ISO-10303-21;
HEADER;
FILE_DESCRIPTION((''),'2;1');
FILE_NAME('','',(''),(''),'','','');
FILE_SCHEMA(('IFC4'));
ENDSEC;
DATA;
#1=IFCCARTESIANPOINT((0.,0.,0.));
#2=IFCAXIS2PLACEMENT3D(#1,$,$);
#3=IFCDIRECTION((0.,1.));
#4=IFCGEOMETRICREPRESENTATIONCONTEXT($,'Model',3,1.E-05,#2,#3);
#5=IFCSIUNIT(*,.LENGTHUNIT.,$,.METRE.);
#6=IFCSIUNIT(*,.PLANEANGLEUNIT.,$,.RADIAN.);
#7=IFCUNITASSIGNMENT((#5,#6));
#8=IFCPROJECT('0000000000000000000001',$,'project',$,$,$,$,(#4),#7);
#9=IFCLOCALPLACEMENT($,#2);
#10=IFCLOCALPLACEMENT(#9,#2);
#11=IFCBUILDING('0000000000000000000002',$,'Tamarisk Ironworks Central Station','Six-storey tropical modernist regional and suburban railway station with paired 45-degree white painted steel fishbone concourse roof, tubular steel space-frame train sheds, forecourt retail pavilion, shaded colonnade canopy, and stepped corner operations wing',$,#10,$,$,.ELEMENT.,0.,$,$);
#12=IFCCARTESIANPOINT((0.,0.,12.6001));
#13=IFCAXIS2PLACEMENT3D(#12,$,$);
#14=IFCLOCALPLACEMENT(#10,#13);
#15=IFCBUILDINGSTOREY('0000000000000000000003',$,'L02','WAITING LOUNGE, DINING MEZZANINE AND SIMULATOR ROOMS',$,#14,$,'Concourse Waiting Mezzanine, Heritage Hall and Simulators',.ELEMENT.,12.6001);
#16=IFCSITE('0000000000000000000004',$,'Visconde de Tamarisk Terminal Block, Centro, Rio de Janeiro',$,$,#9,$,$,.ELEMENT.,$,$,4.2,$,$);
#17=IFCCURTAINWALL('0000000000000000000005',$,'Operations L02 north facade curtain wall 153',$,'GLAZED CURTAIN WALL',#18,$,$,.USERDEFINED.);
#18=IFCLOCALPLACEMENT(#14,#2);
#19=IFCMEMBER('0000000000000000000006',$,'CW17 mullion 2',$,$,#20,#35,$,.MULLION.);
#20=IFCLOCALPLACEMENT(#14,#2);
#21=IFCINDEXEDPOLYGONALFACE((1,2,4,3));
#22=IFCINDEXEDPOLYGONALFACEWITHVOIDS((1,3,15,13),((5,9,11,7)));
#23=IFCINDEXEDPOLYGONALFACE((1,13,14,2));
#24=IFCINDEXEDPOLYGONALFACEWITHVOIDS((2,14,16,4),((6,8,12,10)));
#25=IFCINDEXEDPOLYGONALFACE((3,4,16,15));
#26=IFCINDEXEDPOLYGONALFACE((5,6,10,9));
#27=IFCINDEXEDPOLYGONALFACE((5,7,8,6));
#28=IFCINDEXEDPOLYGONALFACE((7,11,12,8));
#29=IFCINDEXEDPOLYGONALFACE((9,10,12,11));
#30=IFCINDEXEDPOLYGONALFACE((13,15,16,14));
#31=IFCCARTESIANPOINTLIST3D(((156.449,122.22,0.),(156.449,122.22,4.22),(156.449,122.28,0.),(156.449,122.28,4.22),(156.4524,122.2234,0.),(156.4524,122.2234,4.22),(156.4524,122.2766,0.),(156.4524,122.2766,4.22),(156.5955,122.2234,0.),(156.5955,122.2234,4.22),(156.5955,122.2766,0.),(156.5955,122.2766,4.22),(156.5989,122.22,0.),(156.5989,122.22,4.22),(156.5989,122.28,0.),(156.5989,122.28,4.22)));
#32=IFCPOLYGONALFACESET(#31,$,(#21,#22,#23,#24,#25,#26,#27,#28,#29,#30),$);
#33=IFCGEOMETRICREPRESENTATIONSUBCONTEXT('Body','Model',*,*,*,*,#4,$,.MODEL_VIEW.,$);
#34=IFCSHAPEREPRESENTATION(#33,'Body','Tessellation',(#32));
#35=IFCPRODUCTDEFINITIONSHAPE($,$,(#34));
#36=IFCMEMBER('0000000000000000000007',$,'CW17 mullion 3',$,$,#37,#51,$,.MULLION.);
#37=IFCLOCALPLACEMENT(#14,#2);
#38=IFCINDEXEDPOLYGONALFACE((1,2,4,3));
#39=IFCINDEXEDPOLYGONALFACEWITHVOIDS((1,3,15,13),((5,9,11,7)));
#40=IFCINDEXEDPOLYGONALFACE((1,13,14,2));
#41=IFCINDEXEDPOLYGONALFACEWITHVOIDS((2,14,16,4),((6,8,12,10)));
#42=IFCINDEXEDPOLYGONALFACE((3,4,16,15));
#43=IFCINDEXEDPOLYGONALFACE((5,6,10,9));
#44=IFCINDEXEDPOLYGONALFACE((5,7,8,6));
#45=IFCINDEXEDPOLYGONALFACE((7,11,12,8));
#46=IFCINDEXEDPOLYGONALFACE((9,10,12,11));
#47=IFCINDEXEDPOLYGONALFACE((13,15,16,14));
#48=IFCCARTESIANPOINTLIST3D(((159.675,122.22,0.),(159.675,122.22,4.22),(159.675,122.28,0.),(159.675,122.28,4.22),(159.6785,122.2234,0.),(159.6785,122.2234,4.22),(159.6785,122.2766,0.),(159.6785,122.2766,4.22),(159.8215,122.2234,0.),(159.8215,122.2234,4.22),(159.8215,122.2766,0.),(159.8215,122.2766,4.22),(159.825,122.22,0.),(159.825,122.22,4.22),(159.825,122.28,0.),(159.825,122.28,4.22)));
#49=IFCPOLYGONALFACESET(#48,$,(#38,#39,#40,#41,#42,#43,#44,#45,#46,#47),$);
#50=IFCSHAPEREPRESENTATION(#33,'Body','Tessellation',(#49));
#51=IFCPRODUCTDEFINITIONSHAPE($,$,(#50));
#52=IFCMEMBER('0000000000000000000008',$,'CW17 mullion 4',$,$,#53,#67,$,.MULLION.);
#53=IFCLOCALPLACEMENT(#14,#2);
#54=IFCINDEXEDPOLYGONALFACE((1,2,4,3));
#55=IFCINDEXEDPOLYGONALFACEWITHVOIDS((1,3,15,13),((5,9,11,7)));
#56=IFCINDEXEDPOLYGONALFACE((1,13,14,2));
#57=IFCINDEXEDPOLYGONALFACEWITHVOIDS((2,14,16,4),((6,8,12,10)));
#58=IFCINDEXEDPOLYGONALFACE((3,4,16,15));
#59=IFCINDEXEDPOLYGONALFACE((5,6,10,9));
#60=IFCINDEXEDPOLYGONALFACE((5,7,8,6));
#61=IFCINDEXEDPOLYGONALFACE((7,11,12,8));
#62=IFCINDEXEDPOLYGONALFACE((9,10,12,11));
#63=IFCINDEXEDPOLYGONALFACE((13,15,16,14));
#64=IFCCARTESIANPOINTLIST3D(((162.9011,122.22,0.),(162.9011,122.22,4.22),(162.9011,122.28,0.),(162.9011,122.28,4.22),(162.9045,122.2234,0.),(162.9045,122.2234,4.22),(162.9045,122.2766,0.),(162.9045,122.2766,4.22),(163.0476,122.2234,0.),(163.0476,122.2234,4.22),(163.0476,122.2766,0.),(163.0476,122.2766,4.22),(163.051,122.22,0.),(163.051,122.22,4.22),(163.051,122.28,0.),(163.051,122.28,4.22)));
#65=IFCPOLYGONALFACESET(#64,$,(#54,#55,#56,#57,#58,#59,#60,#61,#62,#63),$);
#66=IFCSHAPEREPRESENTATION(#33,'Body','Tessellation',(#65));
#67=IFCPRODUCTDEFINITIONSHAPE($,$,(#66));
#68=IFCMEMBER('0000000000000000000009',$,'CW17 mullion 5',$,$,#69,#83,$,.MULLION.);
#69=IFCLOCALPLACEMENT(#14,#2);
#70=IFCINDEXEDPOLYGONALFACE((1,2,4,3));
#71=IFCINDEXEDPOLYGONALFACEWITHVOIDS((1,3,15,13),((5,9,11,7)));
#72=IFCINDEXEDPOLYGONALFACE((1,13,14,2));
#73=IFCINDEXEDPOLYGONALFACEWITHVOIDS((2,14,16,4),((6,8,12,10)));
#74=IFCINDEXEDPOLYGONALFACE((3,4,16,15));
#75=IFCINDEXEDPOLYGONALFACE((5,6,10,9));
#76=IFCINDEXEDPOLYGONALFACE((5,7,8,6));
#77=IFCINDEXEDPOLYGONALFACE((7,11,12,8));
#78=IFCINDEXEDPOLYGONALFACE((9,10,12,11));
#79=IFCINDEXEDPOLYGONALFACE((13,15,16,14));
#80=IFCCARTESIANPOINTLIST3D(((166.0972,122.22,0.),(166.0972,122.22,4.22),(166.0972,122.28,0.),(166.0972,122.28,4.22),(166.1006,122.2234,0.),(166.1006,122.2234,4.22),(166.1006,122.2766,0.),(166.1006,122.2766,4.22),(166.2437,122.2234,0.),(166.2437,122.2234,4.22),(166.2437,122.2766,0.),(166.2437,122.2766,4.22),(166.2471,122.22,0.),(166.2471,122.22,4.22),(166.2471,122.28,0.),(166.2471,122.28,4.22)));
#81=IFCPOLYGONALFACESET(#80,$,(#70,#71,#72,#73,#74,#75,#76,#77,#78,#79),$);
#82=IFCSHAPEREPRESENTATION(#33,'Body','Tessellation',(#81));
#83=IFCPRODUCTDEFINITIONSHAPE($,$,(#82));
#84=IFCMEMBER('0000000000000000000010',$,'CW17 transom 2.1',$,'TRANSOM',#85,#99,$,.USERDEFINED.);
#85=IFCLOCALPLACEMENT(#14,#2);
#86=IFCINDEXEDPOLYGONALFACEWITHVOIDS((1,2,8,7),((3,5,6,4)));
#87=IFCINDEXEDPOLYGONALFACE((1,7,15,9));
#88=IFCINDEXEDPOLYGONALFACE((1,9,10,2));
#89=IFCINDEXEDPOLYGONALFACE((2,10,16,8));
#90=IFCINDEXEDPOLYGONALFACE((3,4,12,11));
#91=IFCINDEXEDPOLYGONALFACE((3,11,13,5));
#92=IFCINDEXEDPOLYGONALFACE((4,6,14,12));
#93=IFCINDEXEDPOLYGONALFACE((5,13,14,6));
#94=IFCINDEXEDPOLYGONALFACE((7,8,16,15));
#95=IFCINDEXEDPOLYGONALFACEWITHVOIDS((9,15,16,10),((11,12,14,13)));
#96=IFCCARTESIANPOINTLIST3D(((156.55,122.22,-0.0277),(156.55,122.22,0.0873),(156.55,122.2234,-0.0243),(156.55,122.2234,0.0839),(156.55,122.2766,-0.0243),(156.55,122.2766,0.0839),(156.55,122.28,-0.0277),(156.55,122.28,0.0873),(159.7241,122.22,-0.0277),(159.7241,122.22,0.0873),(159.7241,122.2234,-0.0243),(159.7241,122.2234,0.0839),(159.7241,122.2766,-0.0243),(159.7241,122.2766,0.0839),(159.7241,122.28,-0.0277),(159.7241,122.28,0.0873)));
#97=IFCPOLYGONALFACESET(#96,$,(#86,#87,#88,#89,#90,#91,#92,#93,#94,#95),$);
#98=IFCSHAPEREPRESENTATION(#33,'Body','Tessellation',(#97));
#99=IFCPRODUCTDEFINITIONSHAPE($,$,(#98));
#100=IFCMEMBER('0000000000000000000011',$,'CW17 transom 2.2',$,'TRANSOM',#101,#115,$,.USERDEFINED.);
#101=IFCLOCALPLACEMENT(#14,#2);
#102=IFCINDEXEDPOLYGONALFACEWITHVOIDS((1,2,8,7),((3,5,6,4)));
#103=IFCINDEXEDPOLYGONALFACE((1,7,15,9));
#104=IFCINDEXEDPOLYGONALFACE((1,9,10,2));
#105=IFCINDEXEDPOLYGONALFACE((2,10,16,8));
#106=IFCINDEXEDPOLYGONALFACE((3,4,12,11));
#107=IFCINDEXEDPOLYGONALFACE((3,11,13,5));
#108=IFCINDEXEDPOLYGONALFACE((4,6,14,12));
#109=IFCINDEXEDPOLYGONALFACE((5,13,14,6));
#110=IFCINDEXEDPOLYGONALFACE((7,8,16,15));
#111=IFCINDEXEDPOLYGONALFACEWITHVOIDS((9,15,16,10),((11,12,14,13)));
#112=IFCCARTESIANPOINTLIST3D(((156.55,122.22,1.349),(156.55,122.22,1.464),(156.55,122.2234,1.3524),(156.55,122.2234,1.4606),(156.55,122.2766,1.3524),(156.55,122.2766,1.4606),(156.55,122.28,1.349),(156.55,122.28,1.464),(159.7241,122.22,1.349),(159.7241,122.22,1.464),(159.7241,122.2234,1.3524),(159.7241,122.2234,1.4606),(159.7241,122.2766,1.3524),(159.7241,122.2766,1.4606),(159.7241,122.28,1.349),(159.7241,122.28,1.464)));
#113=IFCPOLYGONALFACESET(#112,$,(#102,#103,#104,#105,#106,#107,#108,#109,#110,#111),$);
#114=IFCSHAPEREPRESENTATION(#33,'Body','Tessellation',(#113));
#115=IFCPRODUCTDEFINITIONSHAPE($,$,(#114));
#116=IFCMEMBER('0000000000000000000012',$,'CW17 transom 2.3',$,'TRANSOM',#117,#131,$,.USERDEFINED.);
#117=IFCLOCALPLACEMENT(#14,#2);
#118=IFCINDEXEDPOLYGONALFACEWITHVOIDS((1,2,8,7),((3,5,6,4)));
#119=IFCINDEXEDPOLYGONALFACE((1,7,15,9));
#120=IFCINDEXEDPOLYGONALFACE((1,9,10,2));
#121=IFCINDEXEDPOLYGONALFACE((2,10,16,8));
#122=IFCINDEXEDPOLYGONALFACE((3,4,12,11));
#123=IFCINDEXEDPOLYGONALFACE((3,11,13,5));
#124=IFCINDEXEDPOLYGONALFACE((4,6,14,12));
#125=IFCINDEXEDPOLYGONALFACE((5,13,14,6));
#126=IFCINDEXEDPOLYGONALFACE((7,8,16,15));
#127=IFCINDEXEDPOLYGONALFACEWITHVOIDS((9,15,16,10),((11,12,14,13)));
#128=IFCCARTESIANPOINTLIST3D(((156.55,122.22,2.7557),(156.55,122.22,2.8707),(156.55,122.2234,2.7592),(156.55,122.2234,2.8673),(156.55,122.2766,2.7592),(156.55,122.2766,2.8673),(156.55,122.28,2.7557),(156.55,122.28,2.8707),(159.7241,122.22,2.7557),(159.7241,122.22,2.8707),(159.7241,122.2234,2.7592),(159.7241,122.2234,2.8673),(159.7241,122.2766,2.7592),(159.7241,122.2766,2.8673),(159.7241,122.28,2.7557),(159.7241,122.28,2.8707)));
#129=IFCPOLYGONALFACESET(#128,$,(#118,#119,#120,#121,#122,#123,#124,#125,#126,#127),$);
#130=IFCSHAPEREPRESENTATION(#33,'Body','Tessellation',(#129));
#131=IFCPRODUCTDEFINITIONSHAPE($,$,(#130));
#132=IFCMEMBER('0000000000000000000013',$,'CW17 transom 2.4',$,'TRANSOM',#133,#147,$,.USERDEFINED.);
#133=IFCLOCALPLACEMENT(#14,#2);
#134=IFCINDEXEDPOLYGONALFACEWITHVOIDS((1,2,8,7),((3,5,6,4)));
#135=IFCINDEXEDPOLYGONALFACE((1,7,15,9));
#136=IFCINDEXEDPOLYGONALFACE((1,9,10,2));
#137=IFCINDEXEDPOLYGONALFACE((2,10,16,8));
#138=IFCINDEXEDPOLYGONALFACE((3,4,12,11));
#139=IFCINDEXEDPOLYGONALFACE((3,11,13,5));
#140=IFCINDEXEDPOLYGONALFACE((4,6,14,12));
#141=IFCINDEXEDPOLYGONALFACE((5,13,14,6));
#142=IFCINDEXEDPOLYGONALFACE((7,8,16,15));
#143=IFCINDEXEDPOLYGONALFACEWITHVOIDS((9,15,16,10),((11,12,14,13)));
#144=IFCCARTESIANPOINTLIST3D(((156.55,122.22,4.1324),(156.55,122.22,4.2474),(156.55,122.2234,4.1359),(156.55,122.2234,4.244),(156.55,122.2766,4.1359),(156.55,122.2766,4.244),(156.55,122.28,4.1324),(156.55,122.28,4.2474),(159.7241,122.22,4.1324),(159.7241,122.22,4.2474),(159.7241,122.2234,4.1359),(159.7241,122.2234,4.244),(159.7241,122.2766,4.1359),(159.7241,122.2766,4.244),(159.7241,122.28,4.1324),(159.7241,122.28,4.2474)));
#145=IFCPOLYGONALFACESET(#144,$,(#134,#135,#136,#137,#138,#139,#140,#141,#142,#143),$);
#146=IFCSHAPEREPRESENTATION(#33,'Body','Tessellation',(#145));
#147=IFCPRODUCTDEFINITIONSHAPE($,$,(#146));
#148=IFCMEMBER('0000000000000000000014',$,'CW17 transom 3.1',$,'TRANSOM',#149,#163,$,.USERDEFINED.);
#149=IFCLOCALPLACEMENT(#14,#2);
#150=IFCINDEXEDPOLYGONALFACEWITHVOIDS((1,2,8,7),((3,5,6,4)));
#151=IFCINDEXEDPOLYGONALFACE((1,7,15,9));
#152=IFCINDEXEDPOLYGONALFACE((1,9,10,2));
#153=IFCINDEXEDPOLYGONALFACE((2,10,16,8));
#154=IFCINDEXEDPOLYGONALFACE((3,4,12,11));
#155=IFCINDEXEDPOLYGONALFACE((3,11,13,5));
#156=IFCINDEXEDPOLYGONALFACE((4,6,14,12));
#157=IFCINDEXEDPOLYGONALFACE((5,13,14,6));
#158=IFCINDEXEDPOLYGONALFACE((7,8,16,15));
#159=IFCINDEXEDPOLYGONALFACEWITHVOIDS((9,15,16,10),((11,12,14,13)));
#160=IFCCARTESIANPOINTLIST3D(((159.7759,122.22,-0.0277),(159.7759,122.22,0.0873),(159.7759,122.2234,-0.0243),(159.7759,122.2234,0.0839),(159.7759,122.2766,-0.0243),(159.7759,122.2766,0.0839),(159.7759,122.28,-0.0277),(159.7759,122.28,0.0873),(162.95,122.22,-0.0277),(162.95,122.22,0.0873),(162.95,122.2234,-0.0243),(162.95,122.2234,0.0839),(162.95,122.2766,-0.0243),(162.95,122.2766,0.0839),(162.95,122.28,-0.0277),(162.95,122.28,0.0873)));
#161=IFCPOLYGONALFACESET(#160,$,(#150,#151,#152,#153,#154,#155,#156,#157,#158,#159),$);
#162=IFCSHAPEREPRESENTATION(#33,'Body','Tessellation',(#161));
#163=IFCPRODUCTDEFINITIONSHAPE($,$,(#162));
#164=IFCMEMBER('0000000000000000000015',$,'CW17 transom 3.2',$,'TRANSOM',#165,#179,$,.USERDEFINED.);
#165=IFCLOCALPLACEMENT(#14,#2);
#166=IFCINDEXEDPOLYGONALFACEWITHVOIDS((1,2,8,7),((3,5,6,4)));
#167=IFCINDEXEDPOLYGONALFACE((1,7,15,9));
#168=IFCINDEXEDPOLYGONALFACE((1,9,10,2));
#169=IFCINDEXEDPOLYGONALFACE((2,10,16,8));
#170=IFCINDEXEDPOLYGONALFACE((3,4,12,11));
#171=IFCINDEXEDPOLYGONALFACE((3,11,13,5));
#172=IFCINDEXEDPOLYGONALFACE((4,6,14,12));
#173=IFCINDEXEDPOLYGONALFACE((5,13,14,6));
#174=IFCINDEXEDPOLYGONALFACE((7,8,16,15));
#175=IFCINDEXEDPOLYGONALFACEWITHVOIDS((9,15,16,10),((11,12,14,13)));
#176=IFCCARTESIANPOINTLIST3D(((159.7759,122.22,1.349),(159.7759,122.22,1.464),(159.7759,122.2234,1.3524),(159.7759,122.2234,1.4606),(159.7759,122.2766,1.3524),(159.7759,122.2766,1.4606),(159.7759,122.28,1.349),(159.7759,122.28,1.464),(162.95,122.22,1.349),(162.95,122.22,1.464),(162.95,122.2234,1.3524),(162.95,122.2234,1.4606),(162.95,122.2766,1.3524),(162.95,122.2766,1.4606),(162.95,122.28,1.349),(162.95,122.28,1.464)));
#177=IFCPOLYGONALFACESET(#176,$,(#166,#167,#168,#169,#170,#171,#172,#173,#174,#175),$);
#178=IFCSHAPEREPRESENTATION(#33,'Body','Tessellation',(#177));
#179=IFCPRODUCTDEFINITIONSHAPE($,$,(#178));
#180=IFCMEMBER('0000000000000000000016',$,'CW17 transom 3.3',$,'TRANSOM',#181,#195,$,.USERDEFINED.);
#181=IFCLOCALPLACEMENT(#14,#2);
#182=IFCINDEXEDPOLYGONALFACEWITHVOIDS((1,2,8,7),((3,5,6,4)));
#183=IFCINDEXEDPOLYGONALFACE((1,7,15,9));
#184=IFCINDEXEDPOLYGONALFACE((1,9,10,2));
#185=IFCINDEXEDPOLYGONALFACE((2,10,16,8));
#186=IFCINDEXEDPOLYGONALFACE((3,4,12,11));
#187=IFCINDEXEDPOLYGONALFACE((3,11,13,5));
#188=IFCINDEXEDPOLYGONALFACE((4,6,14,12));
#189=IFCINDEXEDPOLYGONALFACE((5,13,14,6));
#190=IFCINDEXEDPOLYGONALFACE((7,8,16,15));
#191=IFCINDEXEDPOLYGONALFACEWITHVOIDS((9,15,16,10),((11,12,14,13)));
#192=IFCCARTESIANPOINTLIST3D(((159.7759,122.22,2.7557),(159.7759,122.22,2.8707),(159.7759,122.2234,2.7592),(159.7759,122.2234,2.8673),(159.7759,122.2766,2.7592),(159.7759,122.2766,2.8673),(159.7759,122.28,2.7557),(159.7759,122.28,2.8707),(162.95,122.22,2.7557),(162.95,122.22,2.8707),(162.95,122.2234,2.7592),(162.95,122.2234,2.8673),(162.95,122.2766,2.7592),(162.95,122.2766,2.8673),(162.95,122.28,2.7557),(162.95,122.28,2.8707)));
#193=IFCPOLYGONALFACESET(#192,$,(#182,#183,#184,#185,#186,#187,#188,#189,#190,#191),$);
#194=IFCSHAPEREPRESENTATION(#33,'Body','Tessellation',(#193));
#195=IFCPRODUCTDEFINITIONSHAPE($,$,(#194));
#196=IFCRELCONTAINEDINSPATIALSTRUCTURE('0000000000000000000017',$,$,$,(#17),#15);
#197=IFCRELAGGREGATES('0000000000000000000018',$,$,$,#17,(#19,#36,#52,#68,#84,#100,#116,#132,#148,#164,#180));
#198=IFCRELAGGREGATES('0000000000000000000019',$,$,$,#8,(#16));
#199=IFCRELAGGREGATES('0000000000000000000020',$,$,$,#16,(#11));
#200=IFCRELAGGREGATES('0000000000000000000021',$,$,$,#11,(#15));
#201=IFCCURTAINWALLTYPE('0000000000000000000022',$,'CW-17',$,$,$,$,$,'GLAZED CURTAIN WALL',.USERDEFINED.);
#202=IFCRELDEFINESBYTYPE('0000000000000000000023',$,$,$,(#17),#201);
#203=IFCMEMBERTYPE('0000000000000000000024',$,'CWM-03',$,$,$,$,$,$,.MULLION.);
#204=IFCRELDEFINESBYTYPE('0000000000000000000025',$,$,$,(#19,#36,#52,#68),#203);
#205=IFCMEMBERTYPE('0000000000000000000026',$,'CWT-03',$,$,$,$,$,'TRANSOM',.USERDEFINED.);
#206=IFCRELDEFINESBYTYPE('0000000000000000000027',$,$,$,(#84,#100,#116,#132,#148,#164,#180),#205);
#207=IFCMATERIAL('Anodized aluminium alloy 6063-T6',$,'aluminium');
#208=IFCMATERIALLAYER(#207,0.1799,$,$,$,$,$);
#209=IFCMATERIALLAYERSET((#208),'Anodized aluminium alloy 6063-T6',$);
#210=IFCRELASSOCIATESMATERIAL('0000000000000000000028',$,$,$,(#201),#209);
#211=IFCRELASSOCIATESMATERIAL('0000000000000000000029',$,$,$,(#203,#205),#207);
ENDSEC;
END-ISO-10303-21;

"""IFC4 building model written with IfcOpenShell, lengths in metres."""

from ifc_helpers import new_model, si_unit, direction, frame, origin, origin_2d, place, context, subcontext, project, spatial, hollow_rectangle, extrude, material, layer, layer_set, material_profile, profile_set, type_object, element, aggregate, save


model = new_model("IFC4")

# Units and contexts
model_context = context("Model", 3, precision=1e-05, world=origin(), true_north=direction((0.0, 1.0)))
body_context = subcontext(model_context, "Body", "Model", "MODEL_VIEW")
ifc_project = project(units=[si_unit("LENGTHUNIT", "METRE"), si_unit("PLANEANGLEUNIT", "RADIAN")], contexts=[model_context])

# Site, building, storey
site_placement = place(None, origin())
site = spatial("IfcSite", under=ifc_project, at=site_placement, Name="Visconde de Tamarisk Terminal Block, Centro, Rio de Janeiro", CompositionType="ELEMENT", RefElevation=4.2)
building_placement = place(site_placement, origin())
building = spatial("IfcBuilding", under=site, at=building_placement, Name="Tamarisk Ironworks Central Station", Description="Six-storey tropical modernist regional and suburban railway station with paired 45-degree white painted steel fishbone concourse roof, tubular steel space-frame train sheds, forecourt retail pavilion, shaded colonnade canopy, and stepped corner operations wing", CompositionType="ELEMENT", ElevationOfRefHeight=0.0)
storey_placement = place(building_placement, frame((0.0, 0.0, 12.6001)))
storey = spatial("IfcBuildingStorey", under=building, at=storey_placement, Name="L02", Description="WAITING LOUNGE, DINING MEZZANINE AND SIMULATOR ROOMS", LongName="Concourse Waiting Mezzanine, Heritage Hall and Simulators", CompositionType="ELEMENT", Elevation=12.6001)

# Curtain wall, members
ifc_material_1 = material(Name="Anodized aluminium alloy 6063-T6", Category="aluminium")
ifc_layer_1 = layer(ifc_material_1, 0.1799)
ifc_layer_set_1 = layer_set([ifc_layer_1], Name="Anodized aluminium alloy 6063-T6")
curtain_wall_type = type_object("IfcCurtainWallType", Name="CW-17", ElementType="GLAZED CURTAIN WALL", PredefinedType="USERDEFINED", material=ifc_layer_set_1)
curtain_wall_placement = place(storey_placement, origin())
curtain_wall = element("IfcCurtainWall", 1, at=curtain_wall_placement, inside=storey, type_object=curtain_wall_type, Name="Operations L02 north facade curtain wall 153", ObjectType="GLAZED CURTAIN WALL", PredefinedType="USERDEFINED")
ifc_material_profile_1 = material_profile(ifc_material_1, hollow_rectangle(XDim=0.0601, YDim=0.1499, WallThickness=0.0034, at=origin_2d()), Name="ALUM 150x60")
ifc_profile_set_1 = profile_set([ifc_material_profile_1], Name="Anodized aluminium alloy 6063-T6")
member_type_1 = type_object("IfcMemberType", Name="CWM-03", PredefinedType="MULLION", material=ifc_profile_set_1)
member_1_placement = place(storey_placement, frame((156.5239, 122.25, 0.0), z_axis=(0.0, 0.0, 1.0), x_axis=(0.0, 1.0, 0.0)))
member_1 = element("IfcMember", 2, at=member_1_placement, type_object=member_type_1, Name="CW17 mullion 2", PredefinedType="MULLION", context=body_context, shape_type="SweptSolid", body=[
    extrude(hollow_rectangle(XDim=0.0601, YDim=0.1499, WallThickness=0.0034, at=origin_2d()), origin(), (0.0, 0.0, 1.0), 4.22),
])
member_2_placement = place(storey_placement, frame((159.75, 122.25, 0.0), z_axis=(0.0, 0.0, 1.0), x_axis=(0.0, 1.0, 0.0)))
member_2 = element("IfcMember", 3, at=member_2_placement, type_object=member_type_1, Name="CW17 mullion 3", PredefinedType="MULLION", context=body_context, shape_type="SweptSolid", body=[
    extrude(hollow_rectangle(XDim=0.0601, YDim=0.1499, WallThickness=0.0034, at=origin_2d()), origin(), (0.0, 0.0, 1.0), 4.22),
])
member_3_placement = place(storey_placement, frame((162.9761, 122.25, 0.0), z_axis=(0.0, 0.0, 1.0), x_axis=(0.0, 1.0, 0.0)))
member_3 = element("IfcMember", 4, at=member_3_placement, type_object=member_type_1, Name="CW17 mullion 4", PredefinedType="MULLION", context=body_context, shape_type="SweptSolid", body=[
    extrude(hollow_rectangle(XDim=0.0601, YDim=0.1499, WallThickness=0.0034, at=origin_2d()), origin(), (0.0, 0.0, 1.0), 4.22),
])
member_4_placement = place(storey_placement, frame((166.1721, 122.25, 0.0), z_axis=(0.0, 0.0, 1.0), x_axis=(0.0, 1.0, 0.0)))
member_4 = element("IfcMember", 5, at=member_4_placement, type_object=member_type_1, Name="CW17 mullion 5", PredefinedType="MULLION", context=body_context, shape_type="SweptSolid", body=[
    extrude(hollow_rectangle(XDim=0.0601, YDim=0.1499, WallThickness=0.0034, at=origin_2d()), origin(), (0.0, 0.0, 1.0), 4.22),
])
ifc_material_profile_2 = material_profile(ifc_material_1, hollow_rectangle(XDim=0.0601, YDim=0.115, WallThickness=0.0034, at=origin_2d()), Name="ALUM 115x60")
ifc_profile_set_2 = profile_set([ifc_material_profile_2], Name="Anodized aluminium alloy 6063-T6")
member_type_2 = type_object("IfcMemberType", Name="CWT-03", ElementType="TRANSOM", PredefinedType="USERDEFINED", material=ifc_profile_set_2)
member_5_placement = place(storey_placement, frame((156.55, 122.25, 0.0298), z_axis=(1.0, 0.0, 0.0), x_axis=(0.0, 1.0, 0.0)))
member_5 = element("IfcMember", 6, at=member_5_placement, type_object=member_type_2, Name="CW17 transom 2.1", ObjectType="TRANSOM", PredefinedType="USERDEFINED", context=body_context, shape_type="SweptSolid", body=[
    extrude(hollow_rectangle(XDim=0.0601, YDim=0.115, WallThickness=0.0034, at=origin_2d()), origin(), (0.0, 0.0, 1.0), 3.1741),
])
member_6_placement = place(storey_placement, frame((156.55, 122.25, 1.4065), z_axis=(1.0, 0.0, 0.0), x_axis=(0.0, 1.0, 0.0)))
member_6 = element("IfcMember", 7, at=member_6_placement, type_object=member_type_2, Name="CW17 transom 2.2", ObjectType="TRANSOM", PredefinedType="USERDEFINED", context=body_context, shape_type="SweptSolid", body=[
    extrude(hollow_rectangle(XDim=0.0601, YDim=0.115, WallThickness=0.0034, at=origin_2d()), origin(), (0.0, 0.0, 1.0), 3.1741),
])
member_7_placement = place(storey_placement, frame((156.55, 122.25, 2.8132), z_axis=(1.0, 0.0, 0.0), x_axis=(0.0, 1.0, 0.0)))
member_7 = element("IfcMember", 8, at=member_7_placement, type_object=member_type_2, Name="CW17 transom 2.3", ObjectType="TRANSOM", PredefinedType="USERDEFINED", context=body_context, shape_type="SweptSolid", body=[
    extrude(hollow_rectangle(XDim=0.0601, YDim=0.115, WallThickness=0.0034, at=origin_2d()), origin(), (0.0, 0.0, 1.0), 3.1741),
])
member_8_placement = place(storey_placement, frame((156.55, 122.25, 4.1899), z_axis=(1.0, 0.0, 0.0), x_axis=(0.0, 1.0, 0.0)))
member_8 = element("IfcMember", 9, at=member_8_placement, type_object=member_type_2, Name="CW17 transom 2.4", ObjectType="TRANSOM", PredefinedType="USERDEFINED", context=body_context, shape_type="SweptSolid", body=[
    extrude(hollow_rectangle(XDim=0.0601, YDim=0.115, WallThickness=0.0034, at=origin_2d()), origin(), (0.0, 0.0, 1.0), 3.1741),
])
member_9_placement = place(storey_placement, frame((159.7759, 122.25, 0.0298), z_axis=(1.0, 0.0, 0.0), x_axis=(0.0, 1.0, 0.0)))
member_9 = element("IfcMember", 10, at=member_9_placement, type_object=member_type_2, Name="CW17 transom 3.1", ObjectType="TRANSOM", PredefinedType="USERDEFINED", context=body_context, shape_type="SweptSolid", body=[
    extrude(hollow_rectangle(XDim=0.0601, YDim=0.115, WallThickness=0.0034, at=origin_2d()), origin(), (0.0, 0.0, 1.0), 3.1741),
])
member_10_placement = place(storey_placement, frame((159.7759, 122.25, 1.4065), z_axis=(1.0, 0.0, 0.0), x_axis=(0.0, 1.0, 0.0)))
member_10 = element("IfcMember", 11, at=member_10_placement, type_object=member_type_2, Name="CW17 transom 3.2", ObjectType="TRANSOM", PredefinedType="USERDEFINED", context=body_context, shape_type="SweptSolid", body=[
    extrude(hollow_rectangle(XDim=0.0601, YDim=0.115, WallThickness=0.0034, at=origin_2d()), origin(), (0.0, 0.0, 1.0), 3.1741),
])
member_11_placement = place(storey_placement, frame((159.7759, 122.25, 2.8132), z_axis=(1.0, 0.0, 0.0), x_axis=(0.0, 1.0, 0.0)))
member_11 = element("IfcMember", 12, at=member_11_placement, type_object=member_type_2, Name="CW17 transom 3.3", ObjectType="TRANSOM", PredefinedType="USERDEFINED", context=body_context, shape_type="SweptSolid", body=[
    extrude(hollow_rectangle(XDim=0.0601, YDim=0.115, WallThickness=0.0034, at=origin_2d()), origin(), (0.0, 0.0, 1.0), 3.1741),
])
aggregate(curtain_wall, [member_1, member_2, member_3, member_4, member_5, member_6, member_7, member_8, member_9, member_10, member_11])

save(model, "model.ifc")
